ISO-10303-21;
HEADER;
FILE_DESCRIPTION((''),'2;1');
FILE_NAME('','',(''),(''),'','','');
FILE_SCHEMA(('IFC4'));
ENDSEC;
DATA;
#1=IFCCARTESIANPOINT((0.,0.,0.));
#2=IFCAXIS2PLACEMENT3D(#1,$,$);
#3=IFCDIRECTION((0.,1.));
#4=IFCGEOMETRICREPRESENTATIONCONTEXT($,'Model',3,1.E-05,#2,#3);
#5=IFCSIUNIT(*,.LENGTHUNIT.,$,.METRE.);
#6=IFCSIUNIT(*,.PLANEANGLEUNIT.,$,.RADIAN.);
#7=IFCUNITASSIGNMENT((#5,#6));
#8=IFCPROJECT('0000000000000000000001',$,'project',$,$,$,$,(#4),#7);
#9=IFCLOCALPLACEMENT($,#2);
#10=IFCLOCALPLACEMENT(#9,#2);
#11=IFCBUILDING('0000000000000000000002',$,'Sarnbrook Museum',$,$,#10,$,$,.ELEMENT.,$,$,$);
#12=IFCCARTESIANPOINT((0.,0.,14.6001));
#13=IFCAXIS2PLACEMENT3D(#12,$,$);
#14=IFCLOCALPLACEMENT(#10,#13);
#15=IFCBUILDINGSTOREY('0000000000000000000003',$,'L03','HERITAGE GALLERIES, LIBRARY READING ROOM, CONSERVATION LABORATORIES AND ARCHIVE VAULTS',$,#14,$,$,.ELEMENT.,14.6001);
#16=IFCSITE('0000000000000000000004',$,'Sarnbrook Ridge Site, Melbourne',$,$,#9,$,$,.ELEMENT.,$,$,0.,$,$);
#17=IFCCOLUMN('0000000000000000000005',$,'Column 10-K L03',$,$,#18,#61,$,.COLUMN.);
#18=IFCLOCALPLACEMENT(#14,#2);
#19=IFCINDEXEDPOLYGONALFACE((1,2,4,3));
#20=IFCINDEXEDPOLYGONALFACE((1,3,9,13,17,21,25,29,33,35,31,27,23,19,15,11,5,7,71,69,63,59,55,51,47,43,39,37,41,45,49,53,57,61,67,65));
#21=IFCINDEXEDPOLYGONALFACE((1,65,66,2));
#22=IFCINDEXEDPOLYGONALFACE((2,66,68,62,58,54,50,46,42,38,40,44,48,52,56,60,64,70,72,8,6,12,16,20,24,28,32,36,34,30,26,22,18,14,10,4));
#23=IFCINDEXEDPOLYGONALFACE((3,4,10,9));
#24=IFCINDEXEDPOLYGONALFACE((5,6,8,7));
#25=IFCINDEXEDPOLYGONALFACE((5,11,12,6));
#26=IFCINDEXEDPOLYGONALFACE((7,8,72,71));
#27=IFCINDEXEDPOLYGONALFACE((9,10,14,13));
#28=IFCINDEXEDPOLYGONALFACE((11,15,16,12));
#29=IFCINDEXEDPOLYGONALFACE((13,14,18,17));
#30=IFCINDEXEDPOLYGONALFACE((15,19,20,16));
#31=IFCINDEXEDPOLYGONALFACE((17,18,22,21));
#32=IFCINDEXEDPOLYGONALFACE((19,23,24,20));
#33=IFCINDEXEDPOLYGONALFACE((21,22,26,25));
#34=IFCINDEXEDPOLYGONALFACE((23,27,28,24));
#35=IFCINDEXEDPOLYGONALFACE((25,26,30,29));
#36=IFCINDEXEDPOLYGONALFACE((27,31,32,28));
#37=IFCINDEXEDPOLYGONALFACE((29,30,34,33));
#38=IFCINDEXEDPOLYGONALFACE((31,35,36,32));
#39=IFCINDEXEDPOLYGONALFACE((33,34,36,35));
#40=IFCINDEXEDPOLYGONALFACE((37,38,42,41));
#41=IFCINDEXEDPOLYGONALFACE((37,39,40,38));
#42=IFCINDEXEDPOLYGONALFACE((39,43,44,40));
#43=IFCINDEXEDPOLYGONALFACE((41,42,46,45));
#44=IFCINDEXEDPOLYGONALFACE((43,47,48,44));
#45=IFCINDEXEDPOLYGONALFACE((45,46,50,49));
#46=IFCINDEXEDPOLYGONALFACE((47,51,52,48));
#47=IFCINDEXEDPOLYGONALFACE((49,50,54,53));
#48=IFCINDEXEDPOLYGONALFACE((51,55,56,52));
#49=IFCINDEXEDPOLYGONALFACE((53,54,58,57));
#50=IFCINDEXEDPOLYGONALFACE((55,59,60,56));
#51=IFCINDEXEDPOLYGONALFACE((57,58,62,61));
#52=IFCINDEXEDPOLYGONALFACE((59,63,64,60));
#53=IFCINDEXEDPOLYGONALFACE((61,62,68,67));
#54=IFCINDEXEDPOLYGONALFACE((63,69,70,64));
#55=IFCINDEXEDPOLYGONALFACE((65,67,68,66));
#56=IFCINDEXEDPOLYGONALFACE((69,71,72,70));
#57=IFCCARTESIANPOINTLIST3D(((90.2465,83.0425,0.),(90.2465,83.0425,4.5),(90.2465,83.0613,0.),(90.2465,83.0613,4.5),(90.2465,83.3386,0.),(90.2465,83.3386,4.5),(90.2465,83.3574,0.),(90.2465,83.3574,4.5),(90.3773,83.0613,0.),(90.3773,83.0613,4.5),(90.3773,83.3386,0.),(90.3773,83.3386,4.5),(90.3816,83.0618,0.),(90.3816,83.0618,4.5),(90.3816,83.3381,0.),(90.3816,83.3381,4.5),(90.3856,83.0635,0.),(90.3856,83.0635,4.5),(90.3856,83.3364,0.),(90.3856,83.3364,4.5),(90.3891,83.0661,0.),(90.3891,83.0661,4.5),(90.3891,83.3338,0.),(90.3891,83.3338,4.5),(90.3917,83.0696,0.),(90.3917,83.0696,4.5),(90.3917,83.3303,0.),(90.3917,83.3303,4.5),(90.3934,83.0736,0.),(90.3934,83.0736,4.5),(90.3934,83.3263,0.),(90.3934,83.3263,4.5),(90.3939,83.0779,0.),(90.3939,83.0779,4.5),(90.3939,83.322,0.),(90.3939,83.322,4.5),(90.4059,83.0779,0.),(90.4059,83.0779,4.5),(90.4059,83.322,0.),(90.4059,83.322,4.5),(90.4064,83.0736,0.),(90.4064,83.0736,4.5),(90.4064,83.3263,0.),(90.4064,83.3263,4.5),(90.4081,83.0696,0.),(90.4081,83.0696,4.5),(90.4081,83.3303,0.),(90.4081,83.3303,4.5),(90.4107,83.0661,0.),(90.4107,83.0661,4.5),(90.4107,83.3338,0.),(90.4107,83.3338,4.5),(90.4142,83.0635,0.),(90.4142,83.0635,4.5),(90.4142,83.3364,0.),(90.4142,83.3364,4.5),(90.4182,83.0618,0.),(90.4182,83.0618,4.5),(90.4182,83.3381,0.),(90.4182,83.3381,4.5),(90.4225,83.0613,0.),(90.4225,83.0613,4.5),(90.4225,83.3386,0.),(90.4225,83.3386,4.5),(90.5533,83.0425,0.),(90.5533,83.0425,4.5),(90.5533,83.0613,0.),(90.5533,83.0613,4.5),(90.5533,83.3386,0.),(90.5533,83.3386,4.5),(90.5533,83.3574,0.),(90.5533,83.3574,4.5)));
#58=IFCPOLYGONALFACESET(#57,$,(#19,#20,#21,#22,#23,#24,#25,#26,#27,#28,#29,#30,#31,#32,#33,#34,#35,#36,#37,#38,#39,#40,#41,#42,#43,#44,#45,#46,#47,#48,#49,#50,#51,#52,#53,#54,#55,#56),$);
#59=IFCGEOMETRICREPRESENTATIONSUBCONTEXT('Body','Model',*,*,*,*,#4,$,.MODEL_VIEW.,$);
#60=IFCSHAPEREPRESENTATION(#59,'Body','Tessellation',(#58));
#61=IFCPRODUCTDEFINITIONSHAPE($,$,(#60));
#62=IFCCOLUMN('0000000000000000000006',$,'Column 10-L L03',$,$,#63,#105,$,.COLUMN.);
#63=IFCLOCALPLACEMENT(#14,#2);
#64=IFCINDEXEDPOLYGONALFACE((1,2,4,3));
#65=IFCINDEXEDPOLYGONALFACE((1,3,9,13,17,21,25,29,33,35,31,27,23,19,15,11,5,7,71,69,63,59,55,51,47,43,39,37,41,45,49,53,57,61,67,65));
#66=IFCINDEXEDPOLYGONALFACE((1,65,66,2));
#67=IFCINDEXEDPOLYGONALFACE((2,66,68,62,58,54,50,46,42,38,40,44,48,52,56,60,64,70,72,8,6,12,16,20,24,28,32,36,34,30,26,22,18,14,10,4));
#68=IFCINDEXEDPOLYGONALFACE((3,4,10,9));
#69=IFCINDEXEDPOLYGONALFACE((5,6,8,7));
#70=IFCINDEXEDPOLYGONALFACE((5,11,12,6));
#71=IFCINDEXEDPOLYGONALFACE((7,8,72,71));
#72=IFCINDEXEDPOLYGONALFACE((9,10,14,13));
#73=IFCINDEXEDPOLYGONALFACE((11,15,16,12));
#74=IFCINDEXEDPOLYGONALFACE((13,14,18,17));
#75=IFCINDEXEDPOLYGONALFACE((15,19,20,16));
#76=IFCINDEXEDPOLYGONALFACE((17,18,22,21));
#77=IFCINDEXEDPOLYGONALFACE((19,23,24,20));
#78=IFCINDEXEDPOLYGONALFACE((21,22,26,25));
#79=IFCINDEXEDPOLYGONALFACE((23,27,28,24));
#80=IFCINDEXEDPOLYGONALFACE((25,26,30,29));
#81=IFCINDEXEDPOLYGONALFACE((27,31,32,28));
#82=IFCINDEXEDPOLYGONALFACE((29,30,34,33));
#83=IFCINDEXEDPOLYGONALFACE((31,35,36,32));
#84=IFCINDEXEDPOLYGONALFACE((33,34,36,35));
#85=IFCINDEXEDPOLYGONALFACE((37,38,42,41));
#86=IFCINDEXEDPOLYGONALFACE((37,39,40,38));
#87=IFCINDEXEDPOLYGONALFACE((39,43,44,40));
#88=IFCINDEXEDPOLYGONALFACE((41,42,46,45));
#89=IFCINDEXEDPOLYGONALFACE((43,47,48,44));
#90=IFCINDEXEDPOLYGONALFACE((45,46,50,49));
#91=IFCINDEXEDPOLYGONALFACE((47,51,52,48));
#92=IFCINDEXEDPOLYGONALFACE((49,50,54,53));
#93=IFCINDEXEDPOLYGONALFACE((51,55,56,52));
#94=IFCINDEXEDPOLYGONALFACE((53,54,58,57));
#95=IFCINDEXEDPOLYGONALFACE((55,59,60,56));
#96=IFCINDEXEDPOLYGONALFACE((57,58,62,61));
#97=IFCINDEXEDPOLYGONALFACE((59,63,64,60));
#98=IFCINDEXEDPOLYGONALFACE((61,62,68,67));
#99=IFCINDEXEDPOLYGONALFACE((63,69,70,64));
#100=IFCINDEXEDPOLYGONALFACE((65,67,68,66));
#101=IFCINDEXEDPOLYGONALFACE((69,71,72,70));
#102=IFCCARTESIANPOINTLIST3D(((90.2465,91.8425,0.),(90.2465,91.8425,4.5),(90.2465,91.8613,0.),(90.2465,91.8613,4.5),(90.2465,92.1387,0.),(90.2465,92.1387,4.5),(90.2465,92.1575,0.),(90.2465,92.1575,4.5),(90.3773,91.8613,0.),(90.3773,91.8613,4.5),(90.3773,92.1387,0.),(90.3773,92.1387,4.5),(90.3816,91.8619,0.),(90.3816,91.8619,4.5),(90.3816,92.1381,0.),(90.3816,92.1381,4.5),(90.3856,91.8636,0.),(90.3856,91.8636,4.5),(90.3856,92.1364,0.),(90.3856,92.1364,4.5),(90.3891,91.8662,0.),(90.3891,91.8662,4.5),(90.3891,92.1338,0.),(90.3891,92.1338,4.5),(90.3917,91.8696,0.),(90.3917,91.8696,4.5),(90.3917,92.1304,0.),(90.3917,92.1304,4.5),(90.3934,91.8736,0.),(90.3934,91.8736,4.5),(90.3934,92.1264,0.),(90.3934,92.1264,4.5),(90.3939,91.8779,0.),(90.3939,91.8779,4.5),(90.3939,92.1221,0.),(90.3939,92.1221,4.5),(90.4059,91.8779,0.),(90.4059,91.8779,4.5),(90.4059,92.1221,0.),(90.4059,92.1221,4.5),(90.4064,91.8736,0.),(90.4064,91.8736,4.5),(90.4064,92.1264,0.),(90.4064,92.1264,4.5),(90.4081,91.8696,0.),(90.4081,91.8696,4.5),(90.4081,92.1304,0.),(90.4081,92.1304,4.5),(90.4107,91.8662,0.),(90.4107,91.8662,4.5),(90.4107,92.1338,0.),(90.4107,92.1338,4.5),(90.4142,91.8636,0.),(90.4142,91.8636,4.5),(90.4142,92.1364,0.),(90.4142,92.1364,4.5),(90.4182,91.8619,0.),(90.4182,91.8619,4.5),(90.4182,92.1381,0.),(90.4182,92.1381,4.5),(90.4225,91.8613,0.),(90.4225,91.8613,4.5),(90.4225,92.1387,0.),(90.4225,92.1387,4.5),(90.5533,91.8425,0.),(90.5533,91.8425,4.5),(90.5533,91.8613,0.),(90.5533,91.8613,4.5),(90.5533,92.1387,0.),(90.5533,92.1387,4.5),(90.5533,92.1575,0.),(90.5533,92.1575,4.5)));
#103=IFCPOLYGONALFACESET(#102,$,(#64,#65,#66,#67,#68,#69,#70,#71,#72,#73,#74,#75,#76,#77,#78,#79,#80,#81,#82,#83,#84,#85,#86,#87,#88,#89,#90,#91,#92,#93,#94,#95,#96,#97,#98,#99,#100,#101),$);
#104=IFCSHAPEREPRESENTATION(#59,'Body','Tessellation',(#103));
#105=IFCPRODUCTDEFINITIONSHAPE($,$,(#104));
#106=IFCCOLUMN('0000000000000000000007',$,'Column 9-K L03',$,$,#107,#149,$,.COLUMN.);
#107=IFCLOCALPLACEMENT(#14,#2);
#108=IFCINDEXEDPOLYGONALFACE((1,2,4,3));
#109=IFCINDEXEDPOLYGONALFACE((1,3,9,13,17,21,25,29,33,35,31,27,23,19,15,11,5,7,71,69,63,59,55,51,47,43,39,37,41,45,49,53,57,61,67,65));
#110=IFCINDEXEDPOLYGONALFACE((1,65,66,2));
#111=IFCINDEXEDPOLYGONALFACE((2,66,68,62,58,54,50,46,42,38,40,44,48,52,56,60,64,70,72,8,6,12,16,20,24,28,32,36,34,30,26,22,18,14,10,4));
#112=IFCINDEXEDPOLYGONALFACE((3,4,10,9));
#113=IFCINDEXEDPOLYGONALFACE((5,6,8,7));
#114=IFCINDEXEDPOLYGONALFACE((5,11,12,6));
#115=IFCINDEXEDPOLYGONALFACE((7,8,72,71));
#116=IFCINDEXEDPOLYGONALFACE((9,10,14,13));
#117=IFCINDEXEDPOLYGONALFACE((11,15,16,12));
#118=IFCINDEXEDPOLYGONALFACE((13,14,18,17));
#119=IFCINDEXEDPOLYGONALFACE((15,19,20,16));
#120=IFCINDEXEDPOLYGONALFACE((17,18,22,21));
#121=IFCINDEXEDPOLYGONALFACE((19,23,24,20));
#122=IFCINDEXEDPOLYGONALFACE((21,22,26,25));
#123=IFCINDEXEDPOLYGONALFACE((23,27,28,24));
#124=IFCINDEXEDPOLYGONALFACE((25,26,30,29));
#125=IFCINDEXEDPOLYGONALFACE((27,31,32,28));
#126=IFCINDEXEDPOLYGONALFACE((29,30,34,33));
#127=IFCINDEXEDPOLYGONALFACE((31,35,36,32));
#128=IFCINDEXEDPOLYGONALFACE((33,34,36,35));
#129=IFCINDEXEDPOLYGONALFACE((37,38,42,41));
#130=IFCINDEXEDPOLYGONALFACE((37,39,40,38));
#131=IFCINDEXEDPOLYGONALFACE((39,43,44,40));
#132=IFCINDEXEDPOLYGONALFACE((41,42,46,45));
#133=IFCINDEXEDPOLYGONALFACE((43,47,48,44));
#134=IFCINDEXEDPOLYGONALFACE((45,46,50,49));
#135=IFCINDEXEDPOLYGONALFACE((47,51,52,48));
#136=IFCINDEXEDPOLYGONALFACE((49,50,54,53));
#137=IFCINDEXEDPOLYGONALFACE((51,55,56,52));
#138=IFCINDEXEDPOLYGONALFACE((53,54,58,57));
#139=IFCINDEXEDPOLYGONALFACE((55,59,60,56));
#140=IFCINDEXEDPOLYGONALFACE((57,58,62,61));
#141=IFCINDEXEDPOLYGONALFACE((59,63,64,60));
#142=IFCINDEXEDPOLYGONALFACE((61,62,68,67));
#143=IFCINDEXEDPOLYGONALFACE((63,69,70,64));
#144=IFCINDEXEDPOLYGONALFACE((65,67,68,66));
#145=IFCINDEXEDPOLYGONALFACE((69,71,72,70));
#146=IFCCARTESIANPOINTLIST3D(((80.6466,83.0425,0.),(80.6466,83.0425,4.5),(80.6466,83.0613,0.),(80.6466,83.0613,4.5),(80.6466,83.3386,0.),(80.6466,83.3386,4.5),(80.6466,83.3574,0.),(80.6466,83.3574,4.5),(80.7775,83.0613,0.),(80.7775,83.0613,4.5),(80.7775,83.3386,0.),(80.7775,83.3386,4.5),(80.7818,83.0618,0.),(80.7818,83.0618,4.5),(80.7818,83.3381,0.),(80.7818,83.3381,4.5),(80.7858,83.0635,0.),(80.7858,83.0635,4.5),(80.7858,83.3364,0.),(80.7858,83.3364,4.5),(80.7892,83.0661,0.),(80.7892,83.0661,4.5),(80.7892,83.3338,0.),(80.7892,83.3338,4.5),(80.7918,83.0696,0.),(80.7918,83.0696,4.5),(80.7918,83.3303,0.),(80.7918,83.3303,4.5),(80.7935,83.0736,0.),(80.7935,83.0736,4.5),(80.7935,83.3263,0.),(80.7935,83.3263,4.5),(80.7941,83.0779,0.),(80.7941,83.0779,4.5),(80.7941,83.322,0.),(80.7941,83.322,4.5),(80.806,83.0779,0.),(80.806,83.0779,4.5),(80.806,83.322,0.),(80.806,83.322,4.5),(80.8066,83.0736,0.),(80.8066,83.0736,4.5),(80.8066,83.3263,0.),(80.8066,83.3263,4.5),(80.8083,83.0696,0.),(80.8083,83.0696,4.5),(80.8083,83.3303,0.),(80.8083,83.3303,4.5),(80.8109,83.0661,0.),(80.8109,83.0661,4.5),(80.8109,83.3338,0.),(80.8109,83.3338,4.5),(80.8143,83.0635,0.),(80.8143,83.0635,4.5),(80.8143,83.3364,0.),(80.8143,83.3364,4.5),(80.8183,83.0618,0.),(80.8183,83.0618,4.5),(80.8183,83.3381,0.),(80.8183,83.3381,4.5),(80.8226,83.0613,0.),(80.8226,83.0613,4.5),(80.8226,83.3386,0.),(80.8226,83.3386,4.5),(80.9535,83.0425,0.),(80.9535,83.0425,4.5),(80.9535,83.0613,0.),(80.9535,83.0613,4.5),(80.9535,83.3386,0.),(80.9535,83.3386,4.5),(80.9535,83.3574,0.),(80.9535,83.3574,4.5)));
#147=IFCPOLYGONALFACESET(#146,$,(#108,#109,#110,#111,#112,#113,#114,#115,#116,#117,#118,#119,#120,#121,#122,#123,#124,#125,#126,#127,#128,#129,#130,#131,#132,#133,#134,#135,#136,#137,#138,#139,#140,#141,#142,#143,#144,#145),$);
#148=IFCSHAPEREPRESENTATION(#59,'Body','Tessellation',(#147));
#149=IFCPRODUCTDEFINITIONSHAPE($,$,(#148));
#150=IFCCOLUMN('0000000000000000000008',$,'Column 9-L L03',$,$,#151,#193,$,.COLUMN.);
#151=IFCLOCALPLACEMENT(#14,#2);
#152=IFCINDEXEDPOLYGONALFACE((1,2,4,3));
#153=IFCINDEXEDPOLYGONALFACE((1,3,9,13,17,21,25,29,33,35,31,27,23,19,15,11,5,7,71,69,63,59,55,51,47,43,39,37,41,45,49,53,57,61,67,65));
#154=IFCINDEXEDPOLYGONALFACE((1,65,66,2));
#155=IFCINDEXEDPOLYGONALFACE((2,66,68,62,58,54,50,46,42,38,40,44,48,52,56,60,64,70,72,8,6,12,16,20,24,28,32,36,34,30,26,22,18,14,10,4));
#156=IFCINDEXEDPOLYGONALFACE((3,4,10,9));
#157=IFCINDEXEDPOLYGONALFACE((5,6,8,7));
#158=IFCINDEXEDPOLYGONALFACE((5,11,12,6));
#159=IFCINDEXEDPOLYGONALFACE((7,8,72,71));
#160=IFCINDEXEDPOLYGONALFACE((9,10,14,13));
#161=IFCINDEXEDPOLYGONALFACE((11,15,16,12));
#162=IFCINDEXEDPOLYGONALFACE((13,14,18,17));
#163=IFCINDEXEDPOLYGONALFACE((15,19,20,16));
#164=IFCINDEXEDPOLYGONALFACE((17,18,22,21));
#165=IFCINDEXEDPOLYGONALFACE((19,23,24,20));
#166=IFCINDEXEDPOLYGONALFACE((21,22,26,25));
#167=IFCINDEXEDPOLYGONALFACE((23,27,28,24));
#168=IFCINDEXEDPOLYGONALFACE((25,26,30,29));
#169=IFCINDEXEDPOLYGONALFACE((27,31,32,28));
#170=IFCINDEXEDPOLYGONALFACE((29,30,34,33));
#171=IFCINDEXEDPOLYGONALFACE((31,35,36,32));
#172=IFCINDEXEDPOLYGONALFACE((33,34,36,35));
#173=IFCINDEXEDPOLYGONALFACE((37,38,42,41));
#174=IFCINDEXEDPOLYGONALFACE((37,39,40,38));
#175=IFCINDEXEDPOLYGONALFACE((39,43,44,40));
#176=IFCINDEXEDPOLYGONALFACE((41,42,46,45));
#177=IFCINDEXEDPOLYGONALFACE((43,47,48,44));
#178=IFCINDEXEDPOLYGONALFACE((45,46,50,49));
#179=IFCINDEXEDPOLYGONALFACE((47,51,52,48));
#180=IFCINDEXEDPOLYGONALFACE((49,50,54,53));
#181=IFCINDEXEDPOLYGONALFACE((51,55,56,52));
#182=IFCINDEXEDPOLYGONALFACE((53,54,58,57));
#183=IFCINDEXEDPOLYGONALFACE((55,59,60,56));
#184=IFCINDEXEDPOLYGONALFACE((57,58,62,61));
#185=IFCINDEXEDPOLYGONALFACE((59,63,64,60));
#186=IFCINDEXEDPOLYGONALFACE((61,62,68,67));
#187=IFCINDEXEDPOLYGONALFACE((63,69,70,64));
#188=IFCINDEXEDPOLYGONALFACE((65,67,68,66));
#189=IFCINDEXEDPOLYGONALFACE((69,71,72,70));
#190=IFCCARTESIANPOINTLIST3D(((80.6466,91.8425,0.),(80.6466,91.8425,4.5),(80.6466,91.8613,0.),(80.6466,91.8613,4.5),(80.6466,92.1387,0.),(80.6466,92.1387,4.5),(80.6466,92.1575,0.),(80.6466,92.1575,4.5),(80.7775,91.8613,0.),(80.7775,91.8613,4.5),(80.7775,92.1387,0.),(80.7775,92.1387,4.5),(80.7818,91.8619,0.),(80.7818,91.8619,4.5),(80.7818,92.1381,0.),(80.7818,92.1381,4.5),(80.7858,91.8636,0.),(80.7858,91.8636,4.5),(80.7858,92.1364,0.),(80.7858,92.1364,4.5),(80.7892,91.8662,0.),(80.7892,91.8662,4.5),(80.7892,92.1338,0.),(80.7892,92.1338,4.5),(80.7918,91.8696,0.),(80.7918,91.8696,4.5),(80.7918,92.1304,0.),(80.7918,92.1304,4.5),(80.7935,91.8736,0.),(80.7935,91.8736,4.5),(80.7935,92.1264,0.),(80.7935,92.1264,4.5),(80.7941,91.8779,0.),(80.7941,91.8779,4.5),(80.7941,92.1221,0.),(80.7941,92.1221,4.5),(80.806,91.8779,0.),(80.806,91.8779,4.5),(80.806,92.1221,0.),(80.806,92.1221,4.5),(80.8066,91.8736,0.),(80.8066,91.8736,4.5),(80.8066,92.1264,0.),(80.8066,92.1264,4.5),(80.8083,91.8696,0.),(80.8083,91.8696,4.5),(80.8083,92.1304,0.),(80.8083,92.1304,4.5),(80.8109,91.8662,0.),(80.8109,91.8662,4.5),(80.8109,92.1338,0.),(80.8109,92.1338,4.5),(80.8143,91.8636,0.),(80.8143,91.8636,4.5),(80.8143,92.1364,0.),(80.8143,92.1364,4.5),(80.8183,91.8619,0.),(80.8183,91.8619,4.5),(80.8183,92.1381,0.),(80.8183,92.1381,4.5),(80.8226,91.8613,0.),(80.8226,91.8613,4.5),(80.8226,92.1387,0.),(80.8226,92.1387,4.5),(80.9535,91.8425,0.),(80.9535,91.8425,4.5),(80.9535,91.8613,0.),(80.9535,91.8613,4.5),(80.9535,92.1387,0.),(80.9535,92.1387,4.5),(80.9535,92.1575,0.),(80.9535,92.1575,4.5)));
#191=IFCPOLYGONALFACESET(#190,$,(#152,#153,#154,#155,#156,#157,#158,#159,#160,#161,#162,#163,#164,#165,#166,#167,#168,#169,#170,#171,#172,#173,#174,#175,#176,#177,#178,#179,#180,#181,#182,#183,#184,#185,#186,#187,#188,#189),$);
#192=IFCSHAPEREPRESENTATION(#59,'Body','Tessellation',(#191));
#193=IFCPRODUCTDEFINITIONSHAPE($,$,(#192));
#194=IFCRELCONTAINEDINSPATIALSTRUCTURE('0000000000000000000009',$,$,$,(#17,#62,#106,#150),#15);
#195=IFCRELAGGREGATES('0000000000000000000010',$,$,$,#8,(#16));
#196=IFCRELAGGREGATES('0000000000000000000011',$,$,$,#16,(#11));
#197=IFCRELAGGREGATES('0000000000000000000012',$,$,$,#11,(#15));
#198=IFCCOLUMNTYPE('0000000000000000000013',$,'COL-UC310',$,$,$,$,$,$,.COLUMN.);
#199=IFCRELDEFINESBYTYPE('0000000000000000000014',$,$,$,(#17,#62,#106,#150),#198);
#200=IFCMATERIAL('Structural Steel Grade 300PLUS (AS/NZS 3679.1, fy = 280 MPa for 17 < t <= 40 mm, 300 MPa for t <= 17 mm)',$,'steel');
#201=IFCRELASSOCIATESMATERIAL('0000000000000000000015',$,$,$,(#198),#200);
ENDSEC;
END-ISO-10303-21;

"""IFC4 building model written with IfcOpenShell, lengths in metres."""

from ifc_helpers import new_model, si_unit, direction, frame, origin, origin_2d, place, context, subcontext, project, spatial, i_section, extrude, material, material_profile, profile_set, type_object, element, save


model = new_model("IFC4")

# Units and contexts
model_context = context("Model", 3, precision=1e-05, world=origin(), true_north=direction((0.0, 1.0)))
body_context = subcontext(model_context, "Body", "Model", "MODEL_VIEW")
ifc_project = project(units=[si_unit("LENGTHUNIT", "METRE"), si_unit("PLANEANGLEUNIT", "RADIAN")], contexts=[model_context])

# Site, building, storey
site_placement = place(None, origin())
site = spatial("IfcSite", under=ifc_project, at=site_placement, Name="Sarnbrook Ridge Site, Melbourne", CompositionType="ELEMENT", RefElevation=0.0)
building_placement = place(site_placement, origin())
building = spatial("IfcBuilding", under=site, at=building_placement, Name="Sarnbrook Museum", CompositionType="ELEMENT")
storey_placement = place(building_placement, frame((0.0, 0.0, 14.6001)))
storey = spatial("IfcBuildingStorey", under=building, at=storey_placement, Name="L03", Description="HERITAGE GALLERIES, LIBRARY READING ROOM, CONSERVATION LABORATORIES AND ARCHIVE VAULTS", CompositionType="ELEMENT", Elevation=14.6001)

# Columns
ifc_material_1 = material(Name="Structural Steel Grade 300PLUS (AS/NZS 3679.1, fy = 280 MPa for 17 < t <= 40 mm, 300 MPa for t <= 17 mm)", Category="steel")
ifc_material_profile_1 = material_profile(ifc_material_1, i_section(OverallWidth=0.3069, OverallDepth=0.3149, WebThickness=0.012, FlangeThickness=0.0188, FilletRadius=0.0166, at=origin_2d()), Name="310UC118")
ifc_profile_set_1 = profile_set([ifc_material_profile_1], Name="Structural Steel Grade 300PLUS (AS/NZS 3679.1, fy = 280 MPa for 17 < t <= 40 mm, 300 MPa for t <= 17 mm)")
column_type = type_object("IfcColumnType", Name="COL-UC310", PredefinedType="COLUMN", material=ifc_profile_set_1)
for number, where, z_axis, x_axis, name in (
    (1, (90.3999, 83.2, 0.0), (0.0, 0.0, 1.0), (1.0, 0.0, 0.0), "Column 10-K L03"),
    (2, (90.3999, 92.0, 0.0), (0.0, 0.0, 1.0), (1.0, 0.0, 0.0), "Column 10-L L03"),
    (3, (80.8, 83.2, 0.0), (0.0, 0.0, 1.0), (1.0, 0.0, 0.0), "Column 9-K L03"),
    (4, (80.8, 92.0, 0.0), (0.0, 0.0, 1.0), (1.0, 0.0, 0.0), "Column 9-L L03"),
):
    element("IfcColumn", number, at=place(storey_placement, frame(where, z_axis=z_axis, x_axis=x_axis)), inside=storey, type_object=column_type, Name=name, PredefinedType="COLUMN", context=body_context, shape_type="SweptSolid", body=[
        extrude(i_section(OverallWidth=0.3069, OverallDepth=0.3149, WebThickness=0.012, FlangeThickness=0.0188, FilletRadius=0.0166, at=origin_2d()), origin(), (0.0, 0.0, 1.0), 4.5),
    ])

save(model, "model.ifc")
